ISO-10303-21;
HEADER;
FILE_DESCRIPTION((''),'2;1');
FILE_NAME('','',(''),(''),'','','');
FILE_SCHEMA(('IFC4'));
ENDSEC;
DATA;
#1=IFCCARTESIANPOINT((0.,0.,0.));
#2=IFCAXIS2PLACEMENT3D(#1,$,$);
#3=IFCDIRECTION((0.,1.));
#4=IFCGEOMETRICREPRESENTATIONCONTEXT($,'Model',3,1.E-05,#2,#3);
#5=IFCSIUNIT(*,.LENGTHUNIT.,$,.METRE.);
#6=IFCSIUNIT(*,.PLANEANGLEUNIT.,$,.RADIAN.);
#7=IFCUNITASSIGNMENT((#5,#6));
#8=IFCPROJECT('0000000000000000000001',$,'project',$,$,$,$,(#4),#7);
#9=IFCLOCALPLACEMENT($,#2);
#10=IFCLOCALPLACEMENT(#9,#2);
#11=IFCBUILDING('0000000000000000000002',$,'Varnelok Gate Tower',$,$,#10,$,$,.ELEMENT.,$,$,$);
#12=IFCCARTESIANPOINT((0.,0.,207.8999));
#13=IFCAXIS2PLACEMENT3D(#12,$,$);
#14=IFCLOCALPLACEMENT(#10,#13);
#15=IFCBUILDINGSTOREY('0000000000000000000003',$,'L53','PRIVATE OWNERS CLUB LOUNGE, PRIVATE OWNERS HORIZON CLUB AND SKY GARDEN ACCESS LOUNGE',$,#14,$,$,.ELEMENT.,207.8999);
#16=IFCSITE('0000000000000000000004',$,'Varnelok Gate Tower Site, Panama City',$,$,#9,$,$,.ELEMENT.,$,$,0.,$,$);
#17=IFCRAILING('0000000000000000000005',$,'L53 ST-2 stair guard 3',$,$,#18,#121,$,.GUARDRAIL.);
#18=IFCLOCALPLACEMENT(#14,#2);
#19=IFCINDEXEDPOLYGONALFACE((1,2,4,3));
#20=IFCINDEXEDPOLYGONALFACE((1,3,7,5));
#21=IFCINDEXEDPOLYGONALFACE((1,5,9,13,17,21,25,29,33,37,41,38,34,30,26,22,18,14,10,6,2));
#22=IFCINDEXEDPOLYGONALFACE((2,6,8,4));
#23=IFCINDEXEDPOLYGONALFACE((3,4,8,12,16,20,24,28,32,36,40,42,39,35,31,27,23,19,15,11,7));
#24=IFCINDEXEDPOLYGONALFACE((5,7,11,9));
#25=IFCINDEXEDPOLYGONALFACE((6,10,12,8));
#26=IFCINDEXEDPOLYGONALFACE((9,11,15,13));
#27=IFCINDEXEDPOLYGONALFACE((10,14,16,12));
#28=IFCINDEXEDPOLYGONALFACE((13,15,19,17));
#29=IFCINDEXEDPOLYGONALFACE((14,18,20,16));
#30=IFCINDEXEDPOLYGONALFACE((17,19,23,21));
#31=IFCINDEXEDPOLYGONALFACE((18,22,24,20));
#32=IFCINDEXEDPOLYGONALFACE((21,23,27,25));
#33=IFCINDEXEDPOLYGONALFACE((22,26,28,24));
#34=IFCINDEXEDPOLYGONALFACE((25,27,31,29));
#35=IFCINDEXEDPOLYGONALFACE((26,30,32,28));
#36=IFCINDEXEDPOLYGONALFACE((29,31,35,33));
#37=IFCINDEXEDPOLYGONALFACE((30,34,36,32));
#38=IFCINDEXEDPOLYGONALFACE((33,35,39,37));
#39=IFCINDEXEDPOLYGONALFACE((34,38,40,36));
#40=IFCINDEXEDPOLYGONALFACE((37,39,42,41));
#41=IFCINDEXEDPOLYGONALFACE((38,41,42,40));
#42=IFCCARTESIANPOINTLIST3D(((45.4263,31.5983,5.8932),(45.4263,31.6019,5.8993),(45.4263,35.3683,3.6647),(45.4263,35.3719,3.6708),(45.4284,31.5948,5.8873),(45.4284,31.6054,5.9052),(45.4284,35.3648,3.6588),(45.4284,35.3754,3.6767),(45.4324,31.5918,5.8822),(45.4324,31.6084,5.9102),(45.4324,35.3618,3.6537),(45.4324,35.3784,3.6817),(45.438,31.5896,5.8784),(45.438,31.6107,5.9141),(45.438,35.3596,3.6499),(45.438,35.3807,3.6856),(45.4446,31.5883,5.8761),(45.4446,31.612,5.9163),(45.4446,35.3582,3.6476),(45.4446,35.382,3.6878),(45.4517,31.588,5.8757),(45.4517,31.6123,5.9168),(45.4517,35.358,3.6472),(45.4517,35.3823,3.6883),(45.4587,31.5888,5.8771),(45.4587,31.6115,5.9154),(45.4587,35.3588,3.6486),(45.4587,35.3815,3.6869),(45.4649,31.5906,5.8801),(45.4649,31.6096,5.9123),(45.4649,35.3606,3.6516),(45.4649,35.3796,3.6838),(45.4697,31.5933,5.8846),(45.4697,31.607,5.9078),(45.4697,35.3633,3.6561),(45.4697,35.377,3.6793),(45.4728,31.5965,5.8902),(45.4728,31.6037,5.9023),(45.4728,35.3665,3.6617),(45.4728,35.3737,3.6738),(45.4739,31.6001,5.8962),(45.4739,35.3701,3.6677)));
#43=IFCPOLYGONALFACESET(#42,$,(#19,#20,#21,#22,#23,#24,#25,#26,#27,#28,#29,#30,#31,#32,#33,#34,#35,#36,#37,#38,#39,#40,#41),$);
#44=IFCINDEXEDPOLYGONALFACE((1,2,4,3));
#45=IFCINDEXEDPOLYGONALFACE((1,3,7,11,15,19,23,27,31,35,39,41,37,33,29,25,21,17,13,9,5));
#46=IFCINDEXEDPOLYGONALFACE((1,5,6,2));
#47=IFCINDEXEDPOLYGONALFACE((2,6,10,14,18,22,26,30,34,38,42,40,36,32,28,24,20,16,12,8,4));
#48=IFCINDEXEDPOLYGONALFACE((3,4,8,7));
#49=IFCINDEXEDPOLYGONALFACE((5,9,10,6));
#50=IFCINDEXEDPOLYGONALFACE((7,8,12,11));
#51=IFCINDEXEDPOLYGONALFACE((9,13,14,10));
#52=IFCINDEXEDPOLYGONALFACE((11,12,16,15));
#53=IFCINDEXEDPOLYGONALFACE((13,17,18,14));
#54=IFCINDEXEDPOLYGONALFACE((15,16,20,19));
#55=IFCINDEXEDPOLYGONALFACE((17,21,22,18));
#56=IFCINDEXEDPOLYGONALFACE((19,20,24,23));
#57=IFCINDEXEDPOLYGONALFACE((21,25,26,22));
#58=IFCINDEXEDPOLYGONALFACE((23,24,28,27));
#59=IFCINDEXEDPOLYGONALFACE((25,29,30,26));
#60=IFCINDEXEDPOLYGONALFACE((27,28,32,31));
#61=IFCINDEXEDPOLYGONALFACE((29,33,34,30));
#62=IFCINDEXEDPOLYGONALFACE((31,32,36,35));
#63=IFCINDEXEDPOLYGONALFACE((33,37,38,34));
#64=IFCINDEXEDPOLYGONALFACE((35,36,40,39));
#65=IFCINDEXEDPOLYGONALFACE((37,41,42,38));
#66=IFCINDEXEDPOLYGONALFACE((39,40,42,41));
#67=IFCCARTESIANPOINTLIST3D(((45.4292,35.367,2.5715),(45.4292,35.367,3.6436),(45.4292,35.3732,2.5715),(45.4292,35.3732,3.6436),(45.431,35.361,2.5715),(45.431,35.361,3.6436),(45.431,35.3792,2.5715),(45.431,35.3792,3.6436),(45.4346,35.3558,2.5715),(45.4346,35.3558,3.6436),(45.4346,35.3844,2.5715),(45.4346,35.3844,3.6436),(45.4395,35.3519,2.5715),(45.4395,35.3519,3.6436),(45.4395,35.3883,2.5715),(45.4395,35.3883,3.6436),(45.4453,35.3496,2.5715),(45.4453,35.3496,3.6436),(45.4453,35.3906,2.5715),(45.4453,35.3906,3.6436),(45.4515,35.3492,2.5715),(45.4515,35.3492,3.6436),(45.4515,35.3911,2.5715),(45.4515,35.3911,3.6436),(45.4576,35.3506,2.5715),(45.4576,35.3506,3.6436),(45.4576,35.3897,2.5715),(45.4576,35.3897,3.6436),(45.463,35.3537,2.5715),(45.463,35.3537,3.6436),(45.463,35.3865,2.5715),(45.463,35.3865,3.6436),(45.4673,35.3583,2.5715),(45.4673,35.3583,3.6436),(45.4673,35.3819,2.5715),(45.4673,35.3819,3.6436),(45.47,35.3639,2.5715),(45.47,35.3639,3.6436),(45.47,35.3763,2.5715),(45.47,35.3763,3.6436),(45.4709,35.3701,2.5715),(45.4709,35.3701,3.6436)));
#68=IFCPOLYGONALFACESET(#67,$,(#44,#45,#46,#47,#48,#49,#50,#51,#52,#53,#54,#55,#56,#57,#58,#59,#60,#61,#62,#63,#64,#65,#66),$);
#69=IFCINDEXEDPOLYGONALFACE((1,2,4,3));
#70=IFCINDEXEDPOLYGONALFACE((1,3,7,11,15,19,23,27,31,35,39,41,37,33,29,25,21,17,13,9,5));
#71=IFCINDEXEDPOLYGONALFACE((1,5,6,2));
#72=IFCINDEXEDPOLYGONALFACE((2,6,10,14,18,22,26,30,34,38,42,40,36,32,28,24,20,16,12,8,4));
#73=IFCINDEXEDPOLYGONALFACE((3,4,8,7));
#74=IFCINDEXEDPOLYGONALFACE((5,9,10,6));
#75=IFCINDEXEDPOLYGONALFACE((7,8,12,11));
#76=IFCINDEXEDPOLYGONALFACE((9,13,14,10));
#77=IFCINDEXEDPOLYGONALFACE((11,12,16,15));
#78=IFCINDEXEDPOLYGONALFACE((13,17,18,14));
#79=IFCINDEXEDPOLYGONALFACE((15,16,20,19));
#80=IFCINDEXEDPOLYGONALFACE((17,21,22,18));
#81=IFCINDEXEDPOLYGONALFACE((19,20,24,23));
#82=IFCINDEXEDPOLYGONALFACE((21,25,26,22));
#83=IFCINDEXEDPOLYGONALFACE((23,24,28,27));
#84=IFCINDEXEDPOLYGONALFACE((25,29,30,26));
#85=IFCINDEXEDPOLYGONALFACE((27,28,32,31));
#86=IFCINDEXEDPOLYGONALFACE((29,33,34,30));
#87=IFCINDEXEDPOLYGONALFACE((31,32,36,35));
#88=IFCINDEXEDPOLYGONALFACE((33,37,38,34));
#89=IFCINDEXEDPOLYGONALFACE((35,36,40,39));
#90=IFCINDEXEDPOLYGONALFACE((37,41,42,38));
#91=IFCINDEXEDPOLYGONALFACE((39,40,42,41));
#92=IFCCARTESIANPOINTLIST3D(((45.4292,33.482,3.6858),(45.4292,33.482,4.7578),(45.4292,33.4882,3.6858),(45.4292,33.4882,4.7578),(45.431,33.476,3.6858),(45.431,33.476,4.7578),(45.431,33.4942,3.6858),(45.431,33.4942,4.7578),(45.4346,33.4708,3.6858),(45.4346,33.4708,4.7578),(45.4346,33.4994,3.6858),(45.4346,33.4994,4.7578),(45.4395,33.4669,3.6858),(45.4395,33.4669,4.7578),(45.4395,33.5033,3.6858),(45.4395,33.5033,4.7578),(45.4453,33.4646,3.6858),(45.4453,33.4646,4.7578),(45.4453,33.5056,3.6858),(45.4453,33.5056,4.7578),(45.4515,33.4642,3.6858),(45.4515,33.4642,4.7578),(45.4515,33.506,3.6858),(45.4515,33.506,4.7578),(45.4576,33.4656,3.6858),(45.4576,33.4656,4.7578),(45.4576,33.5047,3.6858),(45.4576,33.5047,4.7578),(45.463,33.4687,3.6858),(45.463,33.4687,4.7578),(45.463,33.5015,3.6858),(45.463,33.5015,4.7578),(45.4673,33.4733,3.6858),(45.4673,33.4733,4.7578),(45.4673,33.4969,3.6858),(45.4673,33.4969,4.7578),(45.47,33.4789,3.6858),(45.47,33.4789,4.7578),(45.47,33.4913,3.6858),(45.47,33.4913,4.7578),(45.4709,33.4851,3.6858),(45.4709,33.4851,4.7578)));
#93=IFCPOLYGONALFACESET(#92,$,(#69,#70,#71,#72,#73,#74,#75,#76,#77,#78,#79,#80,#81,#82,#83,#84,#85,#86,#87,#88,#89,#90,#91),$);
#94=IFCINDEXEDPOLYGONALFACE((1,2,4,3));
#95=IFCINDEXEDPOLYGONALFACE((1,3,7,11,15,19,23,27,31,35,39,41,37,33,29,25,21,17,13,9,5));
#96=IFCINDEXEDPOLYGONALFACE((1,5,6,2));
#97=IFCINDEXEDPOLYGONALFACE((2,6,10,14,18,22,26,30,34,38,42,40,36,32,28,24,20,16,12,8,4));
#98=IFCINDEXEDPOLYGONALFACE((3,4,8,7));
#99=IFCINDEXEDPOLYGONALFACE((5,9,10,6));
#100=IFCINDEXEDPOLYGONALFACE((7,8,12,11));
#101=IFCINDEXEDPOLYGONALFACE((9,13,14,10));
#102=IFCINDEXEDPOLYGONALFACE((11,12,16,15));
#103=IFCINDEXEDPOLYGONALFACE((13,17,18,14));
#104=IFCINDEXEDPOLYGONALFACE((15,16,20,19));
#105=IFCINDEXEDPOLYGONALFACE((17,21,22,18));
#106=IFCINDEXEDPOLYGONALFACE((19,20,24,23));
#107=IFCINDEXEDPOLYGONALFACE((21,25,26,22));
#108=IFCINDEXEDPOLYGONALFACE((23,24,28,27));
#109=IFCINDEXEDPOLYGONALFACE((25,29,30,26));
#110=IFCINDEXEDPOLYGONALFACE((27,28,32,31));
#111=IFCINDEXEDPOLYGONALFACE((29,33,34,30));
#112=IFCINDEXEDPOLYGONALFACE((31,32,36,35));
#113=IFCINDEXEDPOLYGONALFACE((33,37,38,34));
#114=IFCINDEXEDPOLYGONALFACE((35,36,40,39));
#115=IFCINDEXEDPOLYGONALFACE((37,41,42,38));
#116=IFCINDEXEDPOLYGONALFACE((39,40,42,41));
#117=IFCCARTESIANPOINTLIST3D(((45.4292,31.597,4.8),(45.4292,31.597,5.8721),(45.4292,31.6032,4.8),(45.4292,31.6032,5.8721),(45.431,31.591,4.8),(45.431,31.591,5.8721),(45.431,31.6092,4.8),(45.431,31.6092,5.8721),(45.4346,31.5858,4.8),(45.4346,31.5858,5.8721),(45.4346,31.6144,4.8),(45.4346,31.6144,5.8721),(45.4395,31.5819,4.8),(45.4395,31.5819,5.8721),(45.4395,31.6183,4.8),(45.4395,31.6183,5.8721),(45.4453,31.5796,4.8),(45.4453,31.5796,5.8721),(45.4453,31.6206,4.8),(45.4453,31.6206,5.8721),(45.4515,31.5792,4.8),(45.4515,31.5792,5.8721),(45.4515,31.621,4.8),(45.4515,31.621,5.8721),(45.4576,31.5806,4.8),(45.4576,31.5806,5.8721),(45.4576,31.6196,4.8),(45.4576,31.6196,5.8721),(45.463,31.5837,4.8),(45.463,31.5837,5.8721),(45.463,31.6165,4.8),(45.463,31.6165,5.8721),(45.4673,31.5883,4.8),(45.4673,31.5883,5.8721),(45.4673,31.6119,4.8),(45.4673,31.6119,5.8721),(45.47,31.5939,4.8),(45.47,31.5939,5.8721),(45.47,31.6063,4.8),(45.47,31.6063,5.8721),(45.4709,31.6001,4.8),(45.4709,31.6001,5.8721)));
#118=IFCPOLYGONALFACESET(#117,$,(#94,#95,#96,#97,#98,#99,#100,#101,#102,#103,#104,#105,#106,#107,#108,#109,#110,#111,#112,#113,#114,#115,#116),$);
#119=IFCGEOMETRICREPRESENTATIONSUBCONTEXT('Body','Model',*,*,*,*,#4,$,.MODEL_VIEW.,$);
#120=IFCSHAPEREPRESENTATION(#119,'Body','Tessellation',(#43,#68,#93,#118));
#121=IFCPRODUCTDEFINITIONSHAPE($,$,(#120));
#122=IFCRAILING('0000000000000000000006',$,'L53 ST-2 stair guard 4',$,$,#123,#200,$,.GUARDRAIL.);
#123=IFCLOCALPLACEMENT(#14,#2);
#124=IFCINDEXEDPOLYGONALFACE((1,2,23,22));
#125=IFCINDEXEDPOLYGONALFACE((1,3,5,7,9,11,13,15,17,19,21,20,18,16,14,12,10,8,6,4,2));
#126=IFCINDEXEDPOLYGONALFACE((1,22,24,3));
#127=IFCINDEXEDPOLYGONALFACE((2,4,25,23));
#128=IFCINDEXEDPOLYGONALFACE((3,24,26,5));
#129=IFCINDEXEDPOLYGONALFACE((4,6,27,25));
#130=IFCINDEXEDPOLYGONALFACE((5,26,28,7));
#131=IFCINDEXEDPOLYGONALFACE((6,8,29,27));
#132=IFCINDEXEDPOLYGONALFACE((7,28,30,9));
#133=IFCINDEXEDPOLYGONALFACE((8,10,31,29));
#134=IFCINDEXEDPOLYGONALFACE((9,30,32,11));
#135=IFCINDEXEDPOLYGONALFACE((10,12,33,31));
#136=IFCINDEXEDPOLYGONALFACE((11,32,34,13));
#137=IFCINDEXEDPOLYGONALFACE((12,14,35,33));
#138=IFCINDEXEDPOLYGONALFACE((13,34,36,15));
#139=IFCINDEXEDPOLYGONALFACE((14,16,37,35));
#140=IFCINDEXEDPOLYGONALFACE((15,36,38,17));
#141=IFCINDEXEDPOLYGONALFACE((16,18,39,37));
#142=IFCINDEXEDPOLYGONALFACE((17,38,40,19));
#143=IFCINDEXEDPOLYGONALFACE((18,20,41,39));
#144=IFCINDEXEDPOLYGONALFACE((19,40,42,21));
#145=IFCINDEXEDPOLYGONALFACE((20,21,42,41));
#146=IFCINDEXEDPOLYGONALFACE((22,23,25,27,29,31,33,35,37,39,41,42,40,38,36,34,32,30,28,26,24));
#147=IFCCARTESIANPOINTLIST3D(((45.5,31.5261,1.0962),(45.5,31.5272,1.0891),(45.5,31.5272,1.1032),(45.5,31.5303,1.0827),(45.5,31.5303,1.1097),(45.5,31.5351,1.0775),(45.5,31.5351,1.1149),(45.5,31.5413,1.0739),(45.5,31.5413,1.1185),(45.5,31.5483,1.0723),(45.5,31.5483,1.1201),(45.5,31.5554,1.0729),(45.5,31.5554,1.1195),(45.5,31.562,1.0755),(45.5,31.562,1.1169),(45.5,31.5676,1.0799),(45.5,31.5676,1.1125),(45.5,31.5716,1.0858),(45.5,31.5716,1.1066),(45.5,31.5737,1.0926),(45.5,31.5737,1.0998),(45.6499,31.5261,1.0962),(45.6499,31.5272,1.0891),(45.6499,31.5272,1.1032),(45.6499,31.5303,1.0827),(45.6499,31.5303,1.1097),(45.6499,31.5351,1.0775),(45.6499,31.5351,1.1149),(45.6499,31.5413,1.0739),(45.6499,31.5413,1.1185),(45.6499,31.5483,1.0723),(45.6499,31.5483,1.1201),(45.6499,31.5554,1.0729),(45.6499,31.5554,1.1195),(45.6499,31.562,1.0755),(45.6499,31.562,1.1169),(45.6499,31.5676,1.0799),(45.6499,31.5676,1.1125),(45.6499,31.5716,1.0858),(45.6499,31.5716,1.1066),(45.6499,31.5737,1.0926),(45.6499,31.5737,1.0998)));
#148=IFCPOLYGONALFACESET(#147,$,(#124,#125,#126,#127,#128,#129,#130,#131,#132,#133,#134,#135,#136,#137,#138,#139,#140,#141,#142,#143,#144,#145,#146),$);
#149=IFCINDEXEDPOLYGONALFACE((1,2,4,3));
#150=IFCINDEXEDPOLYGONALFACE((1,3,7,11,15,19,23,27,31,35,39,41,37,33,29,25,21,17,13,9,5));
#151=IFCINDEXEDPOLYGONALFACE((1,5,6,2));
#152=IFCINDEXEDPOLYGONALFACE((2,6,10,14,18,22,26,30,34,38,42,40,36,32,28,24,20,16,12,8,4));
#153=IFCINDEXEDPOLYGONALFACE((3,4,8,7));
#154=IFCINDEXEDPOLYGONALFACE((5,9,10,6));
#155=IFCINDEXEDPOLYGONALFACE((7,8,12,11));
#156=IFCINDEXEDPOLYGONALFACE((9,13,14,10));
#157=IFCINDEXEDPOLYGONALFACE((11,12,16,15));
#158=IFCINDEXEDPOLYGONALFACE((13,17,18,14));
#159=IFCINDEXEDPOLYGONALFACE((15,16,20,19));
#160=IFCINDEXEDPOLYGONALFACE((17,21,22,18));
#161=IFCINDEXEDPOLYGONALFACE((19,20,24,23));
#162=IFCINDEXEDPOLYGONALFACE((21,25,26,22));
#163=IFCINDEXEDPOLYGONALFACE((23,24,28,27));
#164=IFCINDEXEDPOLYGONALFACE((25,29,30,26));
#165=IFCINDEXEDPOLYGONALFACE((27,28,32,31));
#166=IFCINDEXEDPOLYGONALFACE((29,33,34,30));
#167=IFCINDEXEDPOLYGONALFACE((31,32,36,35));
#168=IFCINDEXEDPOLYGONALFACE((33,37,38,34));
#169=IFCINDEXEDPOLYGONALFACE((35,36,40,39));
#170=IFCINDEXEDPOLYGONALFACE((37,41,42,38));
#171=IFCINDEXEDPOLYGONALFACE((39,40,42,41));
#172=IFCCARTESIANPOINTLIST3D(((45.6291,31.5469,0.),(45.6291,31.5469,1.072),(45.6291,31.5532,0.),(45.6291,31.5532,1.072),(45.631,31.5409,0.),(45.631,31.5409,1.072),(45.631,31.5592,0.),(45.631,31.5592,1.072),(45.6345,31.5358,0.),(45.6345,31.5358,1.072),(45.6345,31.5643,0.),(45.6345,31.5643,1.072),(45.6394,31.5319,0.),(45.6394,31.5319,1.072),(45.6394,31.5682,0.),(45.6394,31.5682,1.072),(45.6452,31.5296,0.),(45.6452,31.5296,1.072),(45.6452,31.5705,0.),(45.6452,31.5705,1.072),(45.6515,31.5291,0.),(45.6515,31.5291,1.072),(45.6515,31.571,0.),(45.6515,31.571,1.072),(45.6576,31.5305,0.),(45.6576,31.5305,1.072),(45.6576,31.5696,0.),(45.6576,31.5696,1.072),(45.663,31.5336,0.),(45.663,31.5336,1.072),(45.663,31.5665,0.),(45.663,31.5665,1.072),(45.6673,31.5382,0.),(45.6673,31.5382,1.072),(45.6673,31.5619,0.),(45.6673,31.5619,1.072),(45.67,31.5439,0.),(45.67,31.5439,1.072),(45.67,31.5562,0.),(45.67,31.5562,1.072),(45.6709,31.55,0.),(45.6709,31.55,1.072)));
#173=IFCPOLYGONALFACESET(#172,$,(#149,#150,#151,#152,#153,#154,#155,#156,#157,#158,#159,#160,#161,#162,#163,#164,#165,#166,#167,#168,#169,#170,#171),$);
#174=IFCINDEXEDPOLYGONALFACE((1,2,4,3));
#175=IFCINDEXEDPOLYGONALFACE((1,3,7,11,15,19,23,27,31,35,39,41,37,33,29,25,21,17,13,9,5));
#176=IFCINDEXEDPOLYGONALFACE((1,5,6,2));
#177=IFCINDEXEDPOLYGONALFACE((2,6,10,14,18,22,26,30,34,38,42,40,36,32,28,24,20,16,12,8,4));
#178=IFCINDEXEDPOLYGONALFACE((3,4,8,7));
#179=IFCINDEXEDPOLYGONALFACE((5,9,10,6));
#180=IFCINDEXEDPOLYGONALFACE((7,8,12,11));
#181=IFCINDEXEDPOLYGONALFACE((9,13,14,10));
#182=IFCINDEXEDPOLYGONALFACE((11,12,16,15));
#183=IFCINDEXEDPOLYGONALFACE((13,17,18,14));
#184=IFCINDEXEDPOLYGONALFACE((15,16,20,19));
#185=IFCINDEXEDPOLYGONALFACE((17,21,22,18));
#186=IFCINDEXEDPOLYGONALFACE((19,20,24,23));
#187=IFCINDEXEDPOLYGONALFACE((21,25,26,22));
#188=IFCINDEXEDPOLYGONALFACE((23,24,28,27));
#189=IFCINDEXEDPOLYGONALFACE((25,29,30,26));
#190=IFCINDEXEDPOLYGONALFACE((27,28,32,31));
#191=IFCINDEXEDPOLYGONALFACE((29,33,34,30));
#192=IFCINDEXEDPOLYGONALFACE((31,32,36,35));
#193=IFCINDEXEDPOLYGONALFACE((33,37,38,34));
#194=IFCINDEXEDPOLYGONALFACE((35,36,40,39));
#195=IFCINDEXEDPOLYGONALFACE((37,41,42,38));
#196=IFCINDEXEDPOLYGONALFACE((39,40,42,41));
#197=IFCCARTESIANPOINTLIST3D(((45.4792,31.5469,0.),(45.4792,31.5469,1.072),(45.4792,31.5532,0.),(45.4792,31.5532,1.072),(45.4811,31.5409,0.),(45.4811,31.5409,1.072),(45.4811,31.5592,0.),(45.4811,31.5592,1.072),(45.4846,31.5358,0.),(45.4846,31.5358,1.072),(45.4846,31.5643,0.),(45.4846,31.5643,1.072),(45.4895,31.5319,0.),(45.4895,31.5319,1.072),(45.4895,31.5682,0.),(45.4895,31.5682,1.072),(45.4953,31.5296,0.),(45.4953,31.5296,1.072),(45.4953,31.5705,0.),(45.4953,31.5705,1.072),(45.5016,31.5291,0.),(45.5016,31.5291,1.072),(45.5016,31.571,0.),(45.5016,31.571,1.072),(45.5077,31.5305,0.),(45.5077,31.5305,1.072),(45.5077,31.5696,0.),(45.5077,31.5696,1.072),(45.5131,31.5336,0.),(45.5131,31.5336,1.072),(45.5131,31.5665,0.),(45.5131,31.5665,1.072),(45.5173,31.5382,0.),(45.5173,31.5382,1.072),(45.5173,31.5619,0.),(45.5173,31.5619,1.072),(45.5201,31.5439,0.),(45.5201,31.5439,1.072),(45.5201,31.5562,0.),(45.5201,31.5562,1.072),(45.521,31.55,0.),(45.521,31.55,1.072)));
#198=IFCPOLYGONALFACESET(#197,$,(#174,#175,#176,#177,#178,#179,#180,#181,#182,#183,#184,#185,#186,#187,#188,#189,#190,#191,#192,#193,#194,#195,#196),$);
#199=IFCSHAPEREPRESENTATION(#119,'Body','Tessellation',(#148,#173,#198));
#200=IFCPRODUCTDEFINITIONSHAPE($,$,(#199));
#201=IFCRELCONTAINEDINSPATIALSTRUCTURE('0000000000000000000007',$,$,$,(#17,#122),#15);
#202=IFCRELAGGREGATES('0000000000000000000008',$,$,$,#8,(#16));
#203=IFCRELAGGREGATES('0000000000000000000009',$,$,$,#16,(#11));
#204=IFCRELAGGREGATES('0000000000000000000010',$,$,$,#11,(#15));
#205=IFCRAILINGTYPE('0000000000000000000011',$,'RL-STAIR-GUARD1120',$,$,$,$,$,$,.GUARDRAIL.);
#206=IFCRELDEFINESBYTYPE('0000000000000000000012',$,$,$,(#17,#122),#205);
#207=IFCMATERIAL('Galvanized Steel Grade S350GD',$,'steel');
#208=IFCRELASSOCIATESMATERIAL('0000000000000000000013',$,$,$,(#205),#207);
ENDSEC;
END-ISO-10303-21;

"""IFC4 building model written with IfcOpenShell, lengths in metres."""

from ifc_helpers import new_model, si_unit, direction, frame, origin, origin_2d, place, context, subcontext, project, spatial, circle, extrude, material, type_object, element, save


model = new_model("IFC4")

# Units and contexts
model_context = context("Model", 3, precision=1e-05, world=origin(), true_north=direction((0.0, 1.0)))
body_context = subcontext(model_context, "Body", "Model", "MODEL_VIEW")
ifc_project = project(units=[si_unit("LENGTHUNIT", "METRE"), si_unit("PLANEANGLEUNIT", "RADIAN")], contexts=[model_context])

# Site, building, storey
site_placement = place(None, origin())
site = spatial("IfcSite", under=ifc_project, at=site_placement, Name="Varnelok Gate Tower Site, Panama City", CompositionType="ELEMENT", RefElevation=0.0)
building_placement = place(site_placement, origin())
building = spatial("IfcBuilding", under=site, at=building_placement, Name="Varnelok Gate Tower", CompositionType="ELEMENT")
storey_placement = place(building_placement, frame((0.0, 0.0, 207.8999)))
storey = spatial("IfcBuildingStorey", under=building, at=storey_placement, Name="L53", Description="PRIVATE OWNERS CLUB LOUNGE, PRIVATE OWNERS HORIZON CLUB AND SKY GARDEN ACCESS LOUNGE", CompositionType="ELEMENT", Elevation=207.8999)

# Shared definitions
ifc_material_1 = material(Name="Galvanized Steel Grade S350GD", Category="steel")

# Railings
railing_type_1 = type_object("IfcRailingType", Name="RL-STAIR-GUARD1120", PredefinedType="GUARDRAIL", material=ifc_material_1)
railing_1_placement = place(storey_placement, frame((45.45, 35.3701, 2.5715)))
element("IfcRailing", 1, at=railing_1_placement, inside=storey, type_object=railing_type_1, Name="L53 ST-2 stair guard 3", PredefinedType="GUARDRAIL", context=body_context, shape_type="SweptSolid", body=[
    extrude(circle(Radius=0.0239, at=origin_2d()), frame((0.0, 0.0, 1.0962), z_axis=(0.0, -0.860849, 0.508861), x_axis=(1.0, 0.0, 0.0)), (0.0, 0.0, 1.0), 4.3794),
    extrude(circle(Radius=0.021, at=origin_2d()), origin(), (0.0, 0.0, 1.0), 1.072),
    extrude(circle(Radius=0.021, at=origin_2d()), frame((0.0, -1.885, 1.1143)), (0.0, 0.0, 1.0), 1.072),
    extrude(circle(Radius=0.021, at=origin_2d()), frame((0.0, -3.77, 2.2285)), (0.0, 0.0, 1.0), 1.072),
])
railing_2_placement = place(storey_placement, frame((45.6499, 31.55, 0.0)))
element("IfcRailing", 2, at=railing_2_placement, inside=storey, type_object=railing_type_1, Name="L53 ST-2 stair guard 4", PredefinedType="GUARDRAIL", context=body_context, shape_type="SweptSolid", body=[
    extrude(circle(Radius=0.0239, at=origin_2d()), frame((0.0, 0.0, 1.0962), z_axis=(-1.0, 0.0, 0.0), x_axis=(0.0, -1.0, 0.0)), (0.0, 0.0, 1.0), 0.1499),
    extrude(circle(Radius=0.021, at=origin_2d()), origin(), (0.0, 0.0, 1.0), 1.072),
    extrude(circle(Radius=0.021, at=origin_2d()), frame((-0.1499, 0.0, 0.0)), (0.0, 0.0, 1.0), 1.072),
])

save(model, "model.ifc")
